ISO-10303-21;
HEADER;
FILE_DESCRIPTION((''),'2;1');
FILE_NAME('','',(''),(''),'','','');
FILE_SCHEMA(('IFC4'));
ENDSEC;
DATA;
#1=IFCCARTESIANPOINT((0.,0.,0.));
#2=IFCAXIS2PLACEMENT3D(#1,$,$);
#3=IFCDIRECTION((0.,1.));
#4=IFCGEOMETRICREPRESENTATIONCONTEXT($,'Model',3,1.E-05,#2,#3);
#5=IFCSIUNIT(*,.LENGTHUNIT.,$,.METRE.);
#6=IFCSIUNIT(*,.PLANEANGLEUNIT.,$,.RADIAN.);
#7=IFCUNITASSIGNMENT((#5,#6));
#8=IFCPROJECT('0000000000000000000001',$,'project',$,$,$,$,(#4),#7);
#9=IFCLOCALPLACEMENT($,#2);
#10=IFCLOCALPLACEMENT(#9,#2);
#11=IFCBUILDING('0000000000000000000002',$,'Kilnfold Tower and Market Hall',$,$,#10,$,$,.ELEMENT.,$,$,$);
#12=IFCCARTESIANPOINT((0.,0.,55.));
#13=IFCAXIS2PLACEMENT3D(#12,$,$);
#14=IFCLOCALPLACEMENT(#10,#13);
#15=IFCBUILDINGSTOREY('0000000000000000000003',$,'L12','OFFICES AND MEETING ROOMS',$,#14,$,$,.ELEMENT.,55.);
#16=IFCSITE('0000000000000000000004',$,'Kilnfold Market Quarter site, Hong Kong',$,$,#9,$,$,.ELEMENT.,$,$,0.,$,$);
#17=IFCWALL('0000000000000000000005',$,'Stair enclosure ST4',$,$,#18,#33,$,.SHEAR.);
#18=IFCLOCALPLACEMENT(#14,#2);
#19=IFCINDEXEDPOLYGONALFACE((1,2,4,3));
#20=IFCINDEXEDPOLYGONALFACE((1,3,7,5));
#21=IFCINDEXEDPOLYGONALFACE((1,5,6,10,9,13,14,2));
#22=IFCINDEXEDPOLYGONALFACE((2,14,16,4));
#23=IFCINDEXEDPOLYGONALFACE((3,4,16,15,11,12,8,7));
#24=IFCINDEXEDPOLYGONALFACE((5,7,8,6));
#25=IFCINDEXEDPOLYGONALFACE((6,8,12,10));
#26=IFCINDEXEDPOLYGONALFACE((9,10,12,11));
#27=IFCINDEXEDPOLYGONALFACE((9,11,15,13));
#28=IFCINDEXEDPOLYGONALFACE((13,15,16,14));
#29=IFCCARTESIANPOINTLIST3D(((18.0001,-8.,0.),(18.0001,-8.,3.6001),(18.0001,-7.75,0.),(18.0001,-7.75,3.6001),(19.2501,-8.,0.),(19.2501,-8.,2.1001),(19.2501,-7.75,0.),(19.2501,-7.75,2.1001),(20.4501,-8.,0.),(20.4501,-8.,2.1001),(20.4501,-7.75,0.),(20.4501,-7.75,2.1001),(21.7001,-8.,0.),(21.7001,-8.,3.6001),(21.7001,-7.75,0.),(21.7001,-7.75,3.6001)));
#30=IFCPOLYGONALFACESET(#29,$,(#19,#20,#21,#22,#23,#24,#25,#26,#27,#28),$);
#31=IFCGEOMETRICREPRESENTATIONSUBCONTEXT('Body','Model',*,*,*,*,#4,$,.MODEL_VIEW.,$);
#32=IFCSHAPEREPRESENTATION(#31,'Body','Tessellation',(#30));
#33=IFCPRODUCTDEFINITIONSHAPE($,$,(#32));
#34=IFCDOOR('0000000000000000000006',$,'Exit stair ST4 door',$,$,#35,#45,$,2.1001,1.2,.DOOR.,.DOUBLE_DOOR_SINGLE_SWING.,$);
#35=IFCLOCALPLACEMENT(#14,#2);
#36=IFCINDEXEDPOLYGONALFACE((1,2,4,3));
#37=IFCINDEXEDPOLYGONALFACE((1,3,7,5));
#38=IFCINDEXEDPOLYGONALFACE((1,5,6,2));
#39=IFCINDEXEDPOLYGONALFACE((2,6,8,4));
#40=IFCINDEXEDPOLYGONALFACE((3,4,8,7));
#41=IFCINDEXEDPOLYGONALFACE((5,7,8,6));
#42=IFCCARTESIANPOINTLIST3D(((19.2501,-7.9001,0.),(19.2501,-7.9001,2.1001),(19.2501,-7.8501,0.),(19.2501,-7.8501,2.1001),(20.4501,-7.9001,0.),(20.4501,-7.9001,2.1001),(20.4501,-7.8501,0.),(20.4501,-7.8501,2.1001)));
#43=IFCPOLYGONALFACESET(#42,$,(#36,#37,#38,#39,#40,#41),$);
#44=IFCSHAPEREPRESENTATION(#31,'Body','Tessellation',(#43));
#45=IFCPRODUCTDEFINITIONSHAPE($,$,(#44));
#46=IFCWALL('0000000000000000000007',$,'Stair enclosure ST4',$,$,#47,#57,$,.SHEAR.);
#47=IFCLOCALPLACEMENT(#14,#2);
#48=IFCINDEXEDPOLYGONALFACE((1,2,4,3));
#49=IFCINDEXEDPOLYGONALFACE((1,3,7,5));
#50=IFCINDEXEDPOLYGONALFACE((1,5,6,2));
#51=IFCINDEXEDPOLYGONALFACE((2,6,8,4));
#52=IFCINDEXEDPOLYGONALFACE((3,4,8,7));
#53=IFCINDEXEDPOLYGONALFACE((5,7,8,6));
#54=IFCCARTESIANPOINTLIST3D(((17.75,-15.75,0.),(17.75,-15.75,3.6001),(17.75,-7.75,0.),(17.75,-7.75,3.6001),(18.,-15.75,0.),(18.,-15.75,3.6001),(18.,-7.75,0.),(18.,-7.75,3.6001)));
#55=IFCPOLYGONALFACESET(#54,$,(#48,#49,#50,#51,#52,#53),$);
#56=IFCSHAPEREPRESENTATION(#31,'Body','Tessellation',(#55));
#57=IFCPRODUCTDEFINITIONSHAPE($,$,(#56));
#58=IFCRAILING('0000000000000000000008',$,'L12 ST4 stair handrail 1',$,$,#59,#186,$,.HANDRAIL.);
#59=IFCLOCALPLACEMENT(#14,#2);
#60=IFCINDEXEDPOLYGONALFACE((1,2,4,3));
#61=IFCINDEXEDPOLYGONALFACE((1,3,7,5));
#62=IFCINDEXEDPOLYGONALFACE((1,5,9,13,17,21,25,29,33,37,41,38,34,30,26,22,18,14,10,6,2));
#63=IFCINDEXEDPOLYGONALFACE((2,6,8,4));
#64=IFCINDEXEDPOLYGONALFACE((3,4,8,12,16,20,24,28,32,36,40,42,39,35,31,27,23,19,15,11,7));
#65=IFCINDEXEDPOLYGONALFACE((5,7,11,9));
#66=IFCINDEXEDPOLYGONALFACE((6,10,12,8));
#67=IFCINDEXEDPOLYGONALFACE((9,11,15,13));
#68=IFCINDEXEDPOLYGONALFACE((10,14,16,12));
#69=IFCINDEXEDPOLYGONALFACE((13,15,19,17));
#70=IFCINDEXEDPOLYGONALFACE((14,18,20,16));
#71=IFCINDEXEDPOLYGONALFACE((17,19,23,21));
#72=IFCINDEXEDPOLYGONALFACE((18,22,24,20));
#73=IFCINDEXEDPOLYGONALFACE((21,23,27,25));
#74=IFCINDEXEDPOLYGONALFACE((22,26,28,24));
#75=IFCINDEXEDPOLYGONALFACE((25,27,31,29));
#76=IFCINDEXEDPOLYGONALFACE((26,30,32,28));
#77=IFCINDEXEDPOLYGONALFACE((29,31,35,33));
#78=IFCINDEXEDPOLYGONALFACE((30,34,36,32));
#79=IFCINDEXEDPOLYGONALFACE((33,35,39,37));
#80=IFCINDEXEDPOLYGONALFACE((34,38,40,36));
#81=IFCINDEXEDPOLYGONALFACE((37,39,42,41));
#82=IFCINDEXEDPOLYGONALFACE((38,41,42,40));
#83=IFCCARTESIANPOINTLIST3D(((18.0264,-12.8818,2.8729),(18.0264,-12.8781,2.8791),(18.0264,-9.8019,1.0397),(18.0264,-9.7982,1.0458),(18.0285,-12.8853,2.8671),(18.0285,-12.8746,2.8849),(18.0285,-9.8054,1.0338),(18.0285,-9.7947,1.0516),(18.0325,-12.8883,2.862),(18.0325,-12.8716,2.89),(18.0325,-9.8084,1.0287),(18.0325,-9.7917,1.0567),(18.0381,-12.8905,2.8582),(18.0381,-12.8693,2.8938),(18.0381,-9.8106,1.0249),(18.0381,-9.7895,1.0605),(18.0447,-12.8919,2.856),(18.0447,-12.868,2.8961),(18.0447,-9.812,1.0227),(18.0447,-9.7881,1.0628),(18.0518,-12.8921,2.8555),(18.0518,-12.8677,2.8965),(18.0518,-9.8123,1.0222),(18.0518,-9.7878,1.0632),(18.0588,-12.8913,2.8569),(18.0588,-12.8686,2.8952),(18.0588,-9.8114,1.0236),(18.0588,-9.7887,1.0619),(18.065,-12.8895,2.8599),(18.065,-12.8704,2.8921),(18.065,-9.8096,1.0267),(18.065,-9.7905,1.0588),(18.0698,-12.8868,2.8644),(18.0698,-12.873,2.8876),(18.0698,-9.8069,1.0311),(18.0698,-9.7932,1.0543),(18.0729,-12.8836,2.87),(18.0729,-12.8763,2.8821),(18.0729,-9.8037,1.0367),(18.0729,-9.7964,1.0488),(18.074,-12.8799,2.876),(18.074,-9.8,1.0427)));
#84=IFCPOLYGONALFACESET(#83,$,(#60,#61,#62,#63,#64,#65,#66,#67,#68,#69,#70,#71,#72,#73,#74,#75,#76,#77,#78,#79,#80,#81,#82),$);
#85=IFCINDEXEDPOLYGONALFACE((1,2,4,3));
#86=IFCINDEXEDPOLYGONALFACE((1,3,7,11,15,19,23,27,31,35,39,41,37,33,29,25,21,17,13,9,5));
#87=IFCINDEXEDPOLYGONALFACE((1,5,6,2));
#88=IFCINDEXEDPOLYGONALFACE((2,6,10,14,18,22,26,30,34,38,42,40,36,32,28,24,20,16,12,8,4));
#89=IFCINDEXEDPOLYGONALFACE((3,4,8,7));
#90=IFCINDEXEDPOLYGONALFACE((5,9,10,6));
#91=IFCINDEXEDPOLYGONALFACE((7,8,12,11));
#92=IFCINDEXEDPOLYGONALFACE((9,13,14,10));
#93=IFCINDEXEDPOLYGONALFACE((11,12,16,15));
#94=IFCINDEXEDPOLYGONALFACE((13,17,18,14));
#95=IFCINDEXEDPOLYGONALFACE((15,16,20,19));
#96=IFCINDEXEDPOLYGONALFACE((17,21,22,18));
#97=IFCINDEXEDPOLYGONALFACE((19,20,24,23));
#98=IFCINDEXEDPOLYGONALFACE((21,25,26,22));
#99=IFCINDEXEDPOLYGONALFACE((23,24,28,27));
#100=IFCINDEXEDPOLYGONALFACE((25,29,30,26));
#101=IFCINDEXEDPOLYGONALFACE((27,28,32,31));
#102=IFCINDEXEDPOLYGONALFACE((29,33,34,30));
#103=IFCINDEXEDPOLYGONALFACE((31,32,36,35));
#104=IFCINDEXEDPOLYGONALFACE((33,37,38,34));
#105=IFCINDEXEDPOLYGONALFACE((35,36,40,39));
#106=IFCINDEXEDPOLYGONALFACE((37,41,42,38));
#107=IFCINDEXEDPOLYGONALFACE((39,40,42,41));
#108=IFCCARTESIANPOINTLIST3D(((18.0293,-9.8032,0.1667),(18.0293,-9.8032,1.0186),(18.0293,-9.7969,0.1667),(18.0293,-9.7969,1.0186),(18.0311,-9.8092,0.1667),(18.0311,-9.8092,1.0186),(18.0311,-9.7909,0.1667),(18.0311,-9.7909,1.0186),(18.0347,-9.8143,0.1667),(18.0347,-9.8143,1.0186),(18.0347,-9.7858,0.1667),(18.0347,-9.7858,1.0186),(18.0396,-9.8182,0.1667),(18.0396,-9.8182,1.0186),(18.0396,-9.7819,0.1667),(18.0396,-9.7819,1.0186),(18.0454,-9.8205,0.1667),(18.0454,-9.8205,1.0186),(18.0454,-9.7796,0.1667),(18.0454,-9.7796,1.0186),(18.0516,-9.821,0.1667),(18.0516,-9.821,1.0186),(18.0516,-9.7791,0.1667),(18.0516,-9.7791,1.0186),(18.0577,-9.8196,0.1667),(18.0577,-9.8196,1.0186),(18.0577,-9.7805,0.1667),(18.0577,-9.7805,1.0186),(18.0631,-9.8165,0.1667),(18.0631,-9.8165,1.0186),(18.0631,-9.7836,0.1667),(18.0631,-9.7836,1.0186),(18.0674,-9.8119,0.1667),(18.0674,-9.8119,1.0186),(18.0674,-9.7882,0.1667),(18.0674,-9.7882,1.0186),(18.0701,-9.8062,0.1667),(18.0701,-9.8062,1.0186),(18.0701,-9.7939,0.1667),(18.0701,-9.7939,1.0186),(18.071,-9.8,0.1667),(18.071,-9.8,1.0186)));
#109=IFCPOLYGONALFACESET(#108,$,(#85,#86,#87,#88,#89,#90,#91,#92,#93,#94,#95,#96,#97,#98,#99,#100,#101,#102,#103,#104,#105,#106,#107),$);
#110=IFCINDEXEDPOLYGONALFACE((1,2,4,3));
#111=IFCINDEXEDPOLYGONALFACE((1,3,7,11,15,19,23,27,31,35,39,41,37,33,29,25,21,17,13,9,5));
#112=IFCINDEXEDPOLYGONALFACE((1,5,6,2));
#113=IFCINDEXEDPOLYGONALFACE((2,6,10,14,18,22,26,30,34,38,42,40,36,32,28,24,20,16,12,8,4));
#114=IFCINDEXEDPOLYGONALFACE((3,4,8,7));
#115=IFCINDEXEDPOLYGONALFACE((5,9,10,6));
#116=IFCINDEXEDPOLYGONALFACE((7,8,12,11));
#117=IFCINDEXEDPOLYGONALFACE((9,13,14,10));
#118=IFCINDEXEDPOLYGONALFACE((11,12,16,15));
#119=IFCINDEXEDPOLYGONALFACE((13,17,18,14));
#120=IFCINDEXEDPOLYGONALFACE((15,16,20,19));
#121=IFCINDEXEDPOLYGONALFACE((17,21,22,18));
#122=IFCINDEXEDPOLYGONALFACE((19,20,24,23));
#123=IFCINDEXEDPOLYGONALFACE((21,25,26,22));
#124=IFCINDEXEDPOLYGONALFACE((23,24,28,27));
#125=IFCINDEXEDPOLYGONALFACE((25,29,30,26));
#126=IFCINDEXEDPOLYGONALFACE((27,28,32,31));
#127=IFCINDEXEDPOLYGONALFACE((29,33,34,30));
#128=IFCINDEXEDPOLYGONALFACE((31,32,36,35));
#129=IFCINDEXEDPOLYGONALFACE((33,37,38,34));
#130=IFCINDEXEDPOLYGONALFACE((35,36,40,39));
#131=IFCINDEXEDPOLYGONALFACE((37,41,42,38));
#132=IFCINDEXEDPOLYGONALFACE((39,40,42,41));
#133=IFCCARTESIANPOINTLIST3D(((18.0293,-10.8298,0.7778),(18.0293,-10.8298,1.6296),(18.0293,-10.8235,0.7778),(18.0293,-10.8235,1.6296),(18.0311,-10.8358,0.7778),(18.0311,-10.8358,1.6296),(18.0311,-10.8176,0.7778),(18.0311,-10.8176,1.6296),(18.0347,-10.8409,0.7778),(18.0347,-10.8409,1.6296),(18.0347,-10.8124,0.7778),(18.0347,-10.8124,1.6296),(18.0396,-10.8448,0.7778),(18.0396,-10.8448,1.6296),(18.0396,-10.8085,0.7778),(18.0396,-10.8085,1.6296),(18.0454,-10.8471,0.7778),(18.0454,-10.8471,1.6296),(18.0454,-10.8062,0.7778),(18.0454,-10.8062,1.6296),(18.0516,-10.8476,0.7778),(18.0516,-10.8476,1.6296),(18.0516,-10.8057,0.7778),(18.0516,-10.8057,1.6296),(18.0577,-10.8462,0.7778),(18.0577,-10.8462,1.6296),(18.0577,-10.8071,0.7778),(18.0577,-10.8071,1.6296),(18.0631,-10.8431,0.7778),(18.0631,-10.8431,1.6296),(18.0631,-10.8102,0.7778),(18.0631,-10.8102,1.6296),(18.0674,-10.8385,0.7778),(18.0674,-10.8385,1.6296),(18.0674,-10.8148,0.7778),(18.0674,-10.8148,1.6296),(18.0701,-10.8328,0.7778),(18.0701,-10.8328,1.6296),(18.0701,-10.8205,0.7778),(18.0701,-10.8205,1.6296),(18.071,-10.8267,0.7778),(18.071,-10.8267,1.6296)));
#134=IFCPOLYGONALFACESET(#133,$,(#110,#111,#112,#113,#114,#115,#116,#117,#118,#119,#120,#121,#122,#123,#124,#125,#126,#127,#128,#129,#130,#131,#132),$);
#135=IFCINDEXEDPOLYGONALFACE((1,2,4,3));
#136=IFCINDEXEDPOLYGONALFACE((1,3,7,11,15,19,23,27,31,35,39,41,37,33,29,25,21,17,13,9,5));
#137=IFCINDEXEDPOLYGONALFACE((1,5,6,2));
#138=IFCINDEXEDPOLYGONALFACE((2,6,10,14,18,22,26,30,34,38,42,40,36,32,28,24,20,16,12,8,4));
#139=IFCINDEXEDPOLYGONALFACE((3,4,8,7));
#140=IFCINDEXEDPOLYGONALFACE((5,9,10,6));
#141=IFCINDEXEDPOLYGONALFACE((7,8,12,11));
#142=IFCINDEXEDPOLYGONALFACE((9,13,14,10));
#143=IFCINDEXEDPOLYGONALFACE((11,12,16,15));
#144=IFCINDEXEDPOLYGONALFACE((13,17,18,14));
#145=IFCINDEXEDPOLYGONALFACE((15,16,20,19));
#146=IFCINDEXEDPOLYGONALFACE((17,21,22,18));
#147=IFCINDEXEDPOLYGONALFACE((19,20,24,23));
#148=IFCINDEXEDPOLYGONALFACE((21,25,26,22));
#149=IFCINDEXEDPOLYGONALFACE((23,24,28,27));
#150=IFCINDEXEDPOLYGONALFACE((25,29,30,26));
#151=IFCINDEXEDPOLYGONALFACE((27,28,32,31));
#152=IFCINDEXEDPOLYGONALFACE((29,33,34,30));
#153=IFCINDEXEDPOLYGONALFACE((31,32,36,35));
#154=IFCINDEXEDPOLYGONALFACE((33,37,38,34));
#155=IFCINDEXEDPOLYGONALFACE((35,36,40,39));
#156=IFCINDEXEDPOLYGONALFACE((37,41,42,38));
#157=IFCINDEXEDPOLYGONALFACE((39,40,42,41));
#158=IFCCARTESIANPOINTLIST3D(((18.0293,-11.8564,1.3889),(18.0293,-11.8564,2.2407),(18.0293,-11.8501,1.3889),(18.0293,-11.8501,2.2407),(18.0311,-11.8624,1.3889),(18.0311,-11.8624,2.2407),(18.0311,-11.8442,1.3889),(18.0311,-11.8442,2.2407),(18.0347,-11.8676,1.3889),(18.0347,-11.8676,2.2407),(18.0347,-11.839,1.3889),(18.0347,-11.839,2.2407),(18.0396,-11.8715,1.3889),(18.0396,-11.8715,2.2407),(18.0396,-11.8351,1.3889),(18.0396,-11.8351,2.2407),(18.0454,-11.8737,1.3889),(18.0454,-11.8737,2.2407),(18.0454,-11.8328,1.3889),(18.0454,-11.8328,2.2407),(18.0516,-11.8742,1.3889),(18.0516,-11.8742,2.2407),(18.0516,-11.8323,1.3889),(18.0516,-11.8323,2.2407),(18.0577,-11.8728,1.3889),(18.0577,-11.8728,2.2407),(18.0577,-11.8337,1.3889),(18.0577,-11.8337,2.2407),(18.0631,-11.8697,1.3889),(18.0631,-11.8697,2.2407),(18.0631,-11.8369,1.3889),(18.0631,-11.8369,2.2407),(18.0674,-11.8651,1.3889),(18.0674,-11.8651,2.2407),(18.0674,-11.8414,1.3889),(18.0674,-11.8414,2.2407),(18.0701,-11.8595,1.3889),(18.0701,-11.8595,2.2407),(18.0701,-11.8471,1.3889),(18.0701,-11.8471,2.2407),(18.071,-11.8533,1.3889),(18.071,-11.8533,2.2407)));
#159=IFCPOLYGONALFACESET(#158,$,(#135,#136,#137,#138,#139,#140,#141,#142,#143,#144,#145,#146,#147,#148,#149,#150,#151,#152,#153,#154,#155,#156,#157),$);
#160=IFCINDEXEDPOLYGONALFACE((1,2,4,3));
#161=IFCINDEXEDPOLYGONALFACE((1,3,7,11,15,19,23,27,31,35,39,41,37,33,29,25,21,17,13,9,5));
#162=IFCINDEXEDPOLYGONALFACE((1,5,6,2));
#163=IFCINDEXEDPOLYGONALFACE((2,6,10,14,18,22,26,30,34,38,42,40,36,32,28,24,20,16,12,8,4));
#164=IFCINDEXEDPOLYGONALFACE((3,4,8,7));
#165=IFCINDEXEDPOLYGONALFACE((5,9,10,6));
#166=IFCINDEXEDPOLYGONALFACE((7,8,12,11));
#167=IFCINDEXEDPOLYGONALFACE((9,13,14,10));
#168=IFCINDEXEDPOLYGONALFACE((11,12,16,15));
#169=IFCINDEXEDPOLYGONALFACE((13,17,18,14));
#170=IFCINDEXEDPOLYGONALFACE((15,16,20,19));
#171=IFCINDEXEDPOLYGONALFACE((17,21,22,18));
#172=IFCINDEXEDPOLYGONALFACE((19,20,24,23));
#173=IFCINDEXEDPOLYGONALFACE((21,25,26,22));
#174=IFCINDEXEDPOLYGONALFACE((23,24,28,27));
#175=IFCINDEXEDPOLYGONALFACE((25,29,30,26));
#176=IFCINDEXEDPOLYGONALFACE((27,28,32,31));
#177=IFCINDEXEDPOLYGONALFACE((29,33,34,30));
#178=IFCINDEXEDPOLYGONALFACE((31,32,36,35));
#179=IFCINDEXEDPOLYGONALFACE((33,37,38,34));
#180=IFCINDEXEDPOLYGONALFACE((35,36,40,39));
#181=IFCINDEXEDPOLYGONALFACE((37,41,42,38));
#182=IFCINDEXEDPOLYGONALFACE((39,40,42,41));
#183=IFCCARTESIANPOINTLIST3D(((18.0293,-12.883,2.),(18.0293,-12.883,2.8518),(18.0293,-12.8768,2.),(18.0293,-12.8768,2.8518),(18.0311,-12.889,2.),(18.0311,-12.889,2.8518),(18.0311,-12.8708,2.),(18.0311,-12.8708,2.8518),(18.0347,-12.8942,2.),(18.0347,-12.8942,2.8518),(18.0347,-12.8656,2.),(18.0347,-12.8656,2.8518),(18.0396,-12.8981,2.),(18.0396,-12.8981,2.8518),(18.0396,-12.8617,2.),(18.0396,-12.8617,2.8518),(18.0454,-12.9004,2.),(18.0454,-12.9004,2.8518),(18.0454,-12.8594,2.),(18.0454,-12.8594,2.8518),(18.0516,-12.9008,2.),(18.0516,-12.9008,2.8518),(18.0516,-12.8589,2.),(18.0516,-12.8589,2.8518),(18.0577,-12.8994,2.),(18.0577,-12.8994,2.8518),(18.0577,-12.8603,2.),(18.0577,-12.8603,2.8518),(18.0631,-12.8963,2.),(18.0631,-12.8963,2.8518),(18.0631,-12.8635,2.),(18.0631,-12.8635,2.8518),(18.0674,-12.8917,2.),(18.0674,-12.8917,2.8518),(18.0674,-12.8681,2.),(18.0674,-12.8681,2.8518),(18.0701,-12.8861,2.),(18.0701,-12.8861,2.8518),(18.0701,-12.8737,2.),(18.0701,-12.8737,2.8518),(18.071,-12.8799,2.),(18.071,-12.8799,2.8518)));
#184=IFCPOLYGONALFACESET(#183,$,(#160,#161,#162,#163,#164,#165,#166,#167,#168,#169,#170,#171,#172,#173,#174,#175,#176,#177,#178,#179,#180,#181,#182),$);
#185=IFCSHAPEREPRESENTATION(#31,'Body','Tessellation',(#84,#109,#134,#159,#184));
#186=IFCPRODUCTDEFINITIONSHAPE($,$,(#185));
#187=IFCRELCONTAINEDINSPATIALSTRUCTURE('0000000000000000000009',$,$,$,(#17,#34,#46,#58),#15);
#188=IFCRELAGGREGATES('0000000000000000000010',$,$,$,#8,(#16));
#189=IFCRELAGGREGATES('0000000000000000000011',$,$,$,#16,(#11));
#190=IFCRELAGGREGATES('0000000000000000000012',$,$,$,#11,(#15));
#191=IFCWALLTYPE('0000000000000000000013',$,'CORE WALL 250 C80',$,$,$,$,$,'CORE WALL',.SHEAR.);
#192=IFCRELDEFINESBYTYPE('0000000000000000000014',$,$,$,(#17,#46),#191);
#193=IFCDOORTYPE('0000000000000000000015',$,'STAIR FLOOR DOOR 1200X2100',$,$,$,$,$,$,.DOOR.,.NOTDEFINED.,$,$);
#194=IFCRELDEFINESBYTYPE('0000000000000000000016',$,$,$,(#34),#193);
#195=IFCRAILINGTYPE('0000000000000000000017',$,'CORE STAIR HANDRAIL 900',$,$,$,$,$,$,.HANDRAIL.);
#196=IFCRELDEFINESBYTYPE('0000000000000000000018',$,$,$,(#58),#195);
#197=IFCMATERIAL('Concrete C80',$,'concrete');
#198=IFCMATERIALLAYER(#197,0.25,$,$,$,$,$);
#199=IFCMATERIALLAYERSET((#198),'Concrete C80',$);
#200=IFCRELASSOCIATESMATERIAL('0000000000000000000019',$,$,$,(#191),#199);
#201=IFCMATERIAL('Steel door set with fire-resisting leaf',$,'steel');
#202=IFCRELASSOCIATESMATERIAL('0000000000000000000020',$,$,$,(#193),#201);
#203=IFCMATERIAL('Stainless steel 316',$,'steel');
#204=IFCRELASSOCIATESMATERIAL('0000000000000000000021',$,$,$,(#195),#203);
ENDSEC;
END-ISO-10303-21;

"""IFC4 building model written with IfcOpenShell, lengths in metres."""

from ifc_helpers import new_model, si_unit, direction, frame, frame_2d, origin, origin_2d, place, context, subcontext, project, spatial, rectangle, circle, extrude, source, transform, mapped, material, layer, layer_set, type_object, element, fill, save


model = new_model("IFC4")

# Units and contexts
model_context = context("Model", 3, precision=1e-05, world=origin(), true_north=direction((0.0, 1.0)))
body_context = subcontext(model_context, "Body", "Model", "MODEL_VIEW")
ifc_project = project(units=[si_unit("LENGTHUNIT", "METRE"), si_unit("PLANEANGLEUNIT", "RADIAN")], contexts=[model_context])

# Site, building, storey
site_placement = place(None, origin())
site = spatial("IfcSite", under=ifc_project, at=site_placement, Name="Kilnfold Market Quarter site, Hong Kong", CompositionType="ELEMENT", RefElevation=0.0)
building_placement = place(site_placement, origin())
building = spatial("IfcBuilding", under=site, at=building_placement, Name="Kilnfold Tower and Market Hall", CompositionType="ELEMENT")
storey_placement = place(building_placement, frame((0.0, 0.0, 55.0)))
storey = spatial("IfcBuildingStorey", under=building, at=storey_placement, Name="L12", Description="OFFICES AND MEETING ROOMS", CompositionType="ELEMENT", Elevation=55.0)

# Shared definitions
ifc_material_1 = material(Name="Concrete C80", Category="concrete")
ifc_layer_1 = layer(ifc_material_1, 0.25)
ifc_layer_set_1 = layer_set([ifc_layer_1], Name="Concrete C80")
wall_type_1 = type_object("IfcWallType", Name="CORE WALL 250 C80", ElementType="CORE WALL", PredefinedType="SHEAR", material=ifc_layer_set_1)
shared_shape_1 = source(origin(), body_context, "Body", "SweptSolid", [
    extrude(rectangle(XDim=3.7, YDim=0.25, at=frame_2d((1.8501, 0.0))), origin(), (0.0, 0.0, 1.0), 3.6001),
])

# Wall, opening, door
wall_1_placement = place(storey_placement, frame((18.0, -7.875, 0.0), z_axis=(0.0, 0.0, 1.0), x_axis=(1.0, 0.0, 0.0)))
wall_1 = element("IfcWall", 1, at=wall_1_placement, inside=storey, type_object=wall_type_1, Name="Stair enclosure ST4", PredefinedType="SHEAR", context=body_context, shape_type="MappedRepresentation", body=[
    mapped(shared_shape_1, transform((0.0, 0.0, 0.0))),
])
opening_1_placement = place(wall_1_placement, frame((1.25, 0.0, 0.0)))
opening_1 = element("IfcOpeningElement", 2, at=opening_1_placement, cuts=wall_1, PredefinedType="OPENING", context=body_context, shape_type="SweptSolid", body=[
    extrude(rectangle(XDim=1.2, YDim=2.1001, at=frame_2d((0.6001, 1.05))), frame((0.0, 0.135, 0.0), z_axis=(0.0, -1.0, 0.0), x_axis=(1.0, 0.0, 0.0)), (0.0, 0.0, 1.0), 0.27),
])
ifc_material_2 = material(Name="Steel door set with fire-resisting leaf", Category="steel")
door_type_1 = type_object("IfcDoorType", Name="STAIR FLOOR DOOR 1200X2100", OperationType="NOTDEFINED", PredefinedType="DOOR", material=ifc_material_2)
door_1_placement = place(opening_1_placement, origin())
door_1 = element("IfcDoor", 3, at=door_1_placement, inside=storey, type_object=door_type_1, Name="Exit stair ST4 door", OperationType="DOUBLE_DOOR_SINGLE_SWING", OverallHeight=2.1001, OverallWidth=1.2, PredefinedType="DOOR", context=body_context, shape_type="SweptSolid", body=[
    extrude(rectangle(XDim=1.2, YDim=2.1001, at=frame_2d((0.6001, 1.05))), frame((0.0, 0.0249, 0.0), z_axis=(0.0, -1.0, 0.0), x_axis=(1.0, 0.0, 0.0)), (0.0, 0.0, 1.0), 0.05),
])
fill(opening_1, door_1)

# Wall
shared_shape_2 = source(origin(), body_context, "Body", "SweptSolid", [
    extrude(rectangle(XDim=8.0, YDim=0.25, at=frame_2d((4.0, 0.0))), origin(), (0.0, 0.0, 1.0), 3.6001),
])
wall_2_placement = place(storey_placement, frame((17.875, -15.75, 0.0), z_axis=(0.0, 0.0, 1.0), x_axis=(0.0, 1.0, 0.0)))
element("IfcWall", 4, at=wall_2_placement, inside=storey, type_object=wall_type_1, Name="Stair enclosure ST4", PredefinedType="SHEAR", context=body_context, shape_type="MappedRepresentation", body=[
    mapped(shared_shape_2, transform((0.0, 0.0, 0.0))),
])

# Railing
ifc_material_3 = material(Name="Stainless steel 316", Category="steel")
railing_type_1 = type_object("IfcRailingType", Name="CORE STAIR HANDRAIL 900", PredefinedType="HANDRAIL", material=ifc_material_3)
railing_1_placement = place(storey_placement, frame((18.05, -9.8, 0.1667)))
element("IfcRailing", 5, at=railing_1_placement, inside=storey, type_object=railing_type_1, Name="L12 ST4 stair handrail 1", PredefinedType="HANDRAIL", context=body_context, shape_type="SweptSolid", body=[
    extrude(circle(Radius=0.0239, at=origin_2d()), frame((0.0, 0.0, 0.876), z_axis=(0.0, -0.859291, 0.511487), x_axis=(1.0, 0.0, 0.0)), (0.0, 0.0, 1.0), 3.5842),
    extrude(circle(Radius=0.021, at=origin_2d()), origin(), (0.0, 0.0, 1.0), 0.8518),
    extrude(circle(Radius=0.021, at=origin_2d()), frame((0.0, -1.0266, 0.6111)), (0.0, 0.0, 1.0), 0.8518),
    extrude(circle(Radius=0.021, at=origin_2d()), frame((0.0, -2.0532, 1.2222)), (0.0, 0.0, 1.0), 0.8518),
    extrude(circle(Radius=0.021, at=origin_2d()), frame((0.0, -3.0798, 1.8333)), (0.0, 0.0, 1.0), 0.8518),
])

save(model, "model.ifc")
